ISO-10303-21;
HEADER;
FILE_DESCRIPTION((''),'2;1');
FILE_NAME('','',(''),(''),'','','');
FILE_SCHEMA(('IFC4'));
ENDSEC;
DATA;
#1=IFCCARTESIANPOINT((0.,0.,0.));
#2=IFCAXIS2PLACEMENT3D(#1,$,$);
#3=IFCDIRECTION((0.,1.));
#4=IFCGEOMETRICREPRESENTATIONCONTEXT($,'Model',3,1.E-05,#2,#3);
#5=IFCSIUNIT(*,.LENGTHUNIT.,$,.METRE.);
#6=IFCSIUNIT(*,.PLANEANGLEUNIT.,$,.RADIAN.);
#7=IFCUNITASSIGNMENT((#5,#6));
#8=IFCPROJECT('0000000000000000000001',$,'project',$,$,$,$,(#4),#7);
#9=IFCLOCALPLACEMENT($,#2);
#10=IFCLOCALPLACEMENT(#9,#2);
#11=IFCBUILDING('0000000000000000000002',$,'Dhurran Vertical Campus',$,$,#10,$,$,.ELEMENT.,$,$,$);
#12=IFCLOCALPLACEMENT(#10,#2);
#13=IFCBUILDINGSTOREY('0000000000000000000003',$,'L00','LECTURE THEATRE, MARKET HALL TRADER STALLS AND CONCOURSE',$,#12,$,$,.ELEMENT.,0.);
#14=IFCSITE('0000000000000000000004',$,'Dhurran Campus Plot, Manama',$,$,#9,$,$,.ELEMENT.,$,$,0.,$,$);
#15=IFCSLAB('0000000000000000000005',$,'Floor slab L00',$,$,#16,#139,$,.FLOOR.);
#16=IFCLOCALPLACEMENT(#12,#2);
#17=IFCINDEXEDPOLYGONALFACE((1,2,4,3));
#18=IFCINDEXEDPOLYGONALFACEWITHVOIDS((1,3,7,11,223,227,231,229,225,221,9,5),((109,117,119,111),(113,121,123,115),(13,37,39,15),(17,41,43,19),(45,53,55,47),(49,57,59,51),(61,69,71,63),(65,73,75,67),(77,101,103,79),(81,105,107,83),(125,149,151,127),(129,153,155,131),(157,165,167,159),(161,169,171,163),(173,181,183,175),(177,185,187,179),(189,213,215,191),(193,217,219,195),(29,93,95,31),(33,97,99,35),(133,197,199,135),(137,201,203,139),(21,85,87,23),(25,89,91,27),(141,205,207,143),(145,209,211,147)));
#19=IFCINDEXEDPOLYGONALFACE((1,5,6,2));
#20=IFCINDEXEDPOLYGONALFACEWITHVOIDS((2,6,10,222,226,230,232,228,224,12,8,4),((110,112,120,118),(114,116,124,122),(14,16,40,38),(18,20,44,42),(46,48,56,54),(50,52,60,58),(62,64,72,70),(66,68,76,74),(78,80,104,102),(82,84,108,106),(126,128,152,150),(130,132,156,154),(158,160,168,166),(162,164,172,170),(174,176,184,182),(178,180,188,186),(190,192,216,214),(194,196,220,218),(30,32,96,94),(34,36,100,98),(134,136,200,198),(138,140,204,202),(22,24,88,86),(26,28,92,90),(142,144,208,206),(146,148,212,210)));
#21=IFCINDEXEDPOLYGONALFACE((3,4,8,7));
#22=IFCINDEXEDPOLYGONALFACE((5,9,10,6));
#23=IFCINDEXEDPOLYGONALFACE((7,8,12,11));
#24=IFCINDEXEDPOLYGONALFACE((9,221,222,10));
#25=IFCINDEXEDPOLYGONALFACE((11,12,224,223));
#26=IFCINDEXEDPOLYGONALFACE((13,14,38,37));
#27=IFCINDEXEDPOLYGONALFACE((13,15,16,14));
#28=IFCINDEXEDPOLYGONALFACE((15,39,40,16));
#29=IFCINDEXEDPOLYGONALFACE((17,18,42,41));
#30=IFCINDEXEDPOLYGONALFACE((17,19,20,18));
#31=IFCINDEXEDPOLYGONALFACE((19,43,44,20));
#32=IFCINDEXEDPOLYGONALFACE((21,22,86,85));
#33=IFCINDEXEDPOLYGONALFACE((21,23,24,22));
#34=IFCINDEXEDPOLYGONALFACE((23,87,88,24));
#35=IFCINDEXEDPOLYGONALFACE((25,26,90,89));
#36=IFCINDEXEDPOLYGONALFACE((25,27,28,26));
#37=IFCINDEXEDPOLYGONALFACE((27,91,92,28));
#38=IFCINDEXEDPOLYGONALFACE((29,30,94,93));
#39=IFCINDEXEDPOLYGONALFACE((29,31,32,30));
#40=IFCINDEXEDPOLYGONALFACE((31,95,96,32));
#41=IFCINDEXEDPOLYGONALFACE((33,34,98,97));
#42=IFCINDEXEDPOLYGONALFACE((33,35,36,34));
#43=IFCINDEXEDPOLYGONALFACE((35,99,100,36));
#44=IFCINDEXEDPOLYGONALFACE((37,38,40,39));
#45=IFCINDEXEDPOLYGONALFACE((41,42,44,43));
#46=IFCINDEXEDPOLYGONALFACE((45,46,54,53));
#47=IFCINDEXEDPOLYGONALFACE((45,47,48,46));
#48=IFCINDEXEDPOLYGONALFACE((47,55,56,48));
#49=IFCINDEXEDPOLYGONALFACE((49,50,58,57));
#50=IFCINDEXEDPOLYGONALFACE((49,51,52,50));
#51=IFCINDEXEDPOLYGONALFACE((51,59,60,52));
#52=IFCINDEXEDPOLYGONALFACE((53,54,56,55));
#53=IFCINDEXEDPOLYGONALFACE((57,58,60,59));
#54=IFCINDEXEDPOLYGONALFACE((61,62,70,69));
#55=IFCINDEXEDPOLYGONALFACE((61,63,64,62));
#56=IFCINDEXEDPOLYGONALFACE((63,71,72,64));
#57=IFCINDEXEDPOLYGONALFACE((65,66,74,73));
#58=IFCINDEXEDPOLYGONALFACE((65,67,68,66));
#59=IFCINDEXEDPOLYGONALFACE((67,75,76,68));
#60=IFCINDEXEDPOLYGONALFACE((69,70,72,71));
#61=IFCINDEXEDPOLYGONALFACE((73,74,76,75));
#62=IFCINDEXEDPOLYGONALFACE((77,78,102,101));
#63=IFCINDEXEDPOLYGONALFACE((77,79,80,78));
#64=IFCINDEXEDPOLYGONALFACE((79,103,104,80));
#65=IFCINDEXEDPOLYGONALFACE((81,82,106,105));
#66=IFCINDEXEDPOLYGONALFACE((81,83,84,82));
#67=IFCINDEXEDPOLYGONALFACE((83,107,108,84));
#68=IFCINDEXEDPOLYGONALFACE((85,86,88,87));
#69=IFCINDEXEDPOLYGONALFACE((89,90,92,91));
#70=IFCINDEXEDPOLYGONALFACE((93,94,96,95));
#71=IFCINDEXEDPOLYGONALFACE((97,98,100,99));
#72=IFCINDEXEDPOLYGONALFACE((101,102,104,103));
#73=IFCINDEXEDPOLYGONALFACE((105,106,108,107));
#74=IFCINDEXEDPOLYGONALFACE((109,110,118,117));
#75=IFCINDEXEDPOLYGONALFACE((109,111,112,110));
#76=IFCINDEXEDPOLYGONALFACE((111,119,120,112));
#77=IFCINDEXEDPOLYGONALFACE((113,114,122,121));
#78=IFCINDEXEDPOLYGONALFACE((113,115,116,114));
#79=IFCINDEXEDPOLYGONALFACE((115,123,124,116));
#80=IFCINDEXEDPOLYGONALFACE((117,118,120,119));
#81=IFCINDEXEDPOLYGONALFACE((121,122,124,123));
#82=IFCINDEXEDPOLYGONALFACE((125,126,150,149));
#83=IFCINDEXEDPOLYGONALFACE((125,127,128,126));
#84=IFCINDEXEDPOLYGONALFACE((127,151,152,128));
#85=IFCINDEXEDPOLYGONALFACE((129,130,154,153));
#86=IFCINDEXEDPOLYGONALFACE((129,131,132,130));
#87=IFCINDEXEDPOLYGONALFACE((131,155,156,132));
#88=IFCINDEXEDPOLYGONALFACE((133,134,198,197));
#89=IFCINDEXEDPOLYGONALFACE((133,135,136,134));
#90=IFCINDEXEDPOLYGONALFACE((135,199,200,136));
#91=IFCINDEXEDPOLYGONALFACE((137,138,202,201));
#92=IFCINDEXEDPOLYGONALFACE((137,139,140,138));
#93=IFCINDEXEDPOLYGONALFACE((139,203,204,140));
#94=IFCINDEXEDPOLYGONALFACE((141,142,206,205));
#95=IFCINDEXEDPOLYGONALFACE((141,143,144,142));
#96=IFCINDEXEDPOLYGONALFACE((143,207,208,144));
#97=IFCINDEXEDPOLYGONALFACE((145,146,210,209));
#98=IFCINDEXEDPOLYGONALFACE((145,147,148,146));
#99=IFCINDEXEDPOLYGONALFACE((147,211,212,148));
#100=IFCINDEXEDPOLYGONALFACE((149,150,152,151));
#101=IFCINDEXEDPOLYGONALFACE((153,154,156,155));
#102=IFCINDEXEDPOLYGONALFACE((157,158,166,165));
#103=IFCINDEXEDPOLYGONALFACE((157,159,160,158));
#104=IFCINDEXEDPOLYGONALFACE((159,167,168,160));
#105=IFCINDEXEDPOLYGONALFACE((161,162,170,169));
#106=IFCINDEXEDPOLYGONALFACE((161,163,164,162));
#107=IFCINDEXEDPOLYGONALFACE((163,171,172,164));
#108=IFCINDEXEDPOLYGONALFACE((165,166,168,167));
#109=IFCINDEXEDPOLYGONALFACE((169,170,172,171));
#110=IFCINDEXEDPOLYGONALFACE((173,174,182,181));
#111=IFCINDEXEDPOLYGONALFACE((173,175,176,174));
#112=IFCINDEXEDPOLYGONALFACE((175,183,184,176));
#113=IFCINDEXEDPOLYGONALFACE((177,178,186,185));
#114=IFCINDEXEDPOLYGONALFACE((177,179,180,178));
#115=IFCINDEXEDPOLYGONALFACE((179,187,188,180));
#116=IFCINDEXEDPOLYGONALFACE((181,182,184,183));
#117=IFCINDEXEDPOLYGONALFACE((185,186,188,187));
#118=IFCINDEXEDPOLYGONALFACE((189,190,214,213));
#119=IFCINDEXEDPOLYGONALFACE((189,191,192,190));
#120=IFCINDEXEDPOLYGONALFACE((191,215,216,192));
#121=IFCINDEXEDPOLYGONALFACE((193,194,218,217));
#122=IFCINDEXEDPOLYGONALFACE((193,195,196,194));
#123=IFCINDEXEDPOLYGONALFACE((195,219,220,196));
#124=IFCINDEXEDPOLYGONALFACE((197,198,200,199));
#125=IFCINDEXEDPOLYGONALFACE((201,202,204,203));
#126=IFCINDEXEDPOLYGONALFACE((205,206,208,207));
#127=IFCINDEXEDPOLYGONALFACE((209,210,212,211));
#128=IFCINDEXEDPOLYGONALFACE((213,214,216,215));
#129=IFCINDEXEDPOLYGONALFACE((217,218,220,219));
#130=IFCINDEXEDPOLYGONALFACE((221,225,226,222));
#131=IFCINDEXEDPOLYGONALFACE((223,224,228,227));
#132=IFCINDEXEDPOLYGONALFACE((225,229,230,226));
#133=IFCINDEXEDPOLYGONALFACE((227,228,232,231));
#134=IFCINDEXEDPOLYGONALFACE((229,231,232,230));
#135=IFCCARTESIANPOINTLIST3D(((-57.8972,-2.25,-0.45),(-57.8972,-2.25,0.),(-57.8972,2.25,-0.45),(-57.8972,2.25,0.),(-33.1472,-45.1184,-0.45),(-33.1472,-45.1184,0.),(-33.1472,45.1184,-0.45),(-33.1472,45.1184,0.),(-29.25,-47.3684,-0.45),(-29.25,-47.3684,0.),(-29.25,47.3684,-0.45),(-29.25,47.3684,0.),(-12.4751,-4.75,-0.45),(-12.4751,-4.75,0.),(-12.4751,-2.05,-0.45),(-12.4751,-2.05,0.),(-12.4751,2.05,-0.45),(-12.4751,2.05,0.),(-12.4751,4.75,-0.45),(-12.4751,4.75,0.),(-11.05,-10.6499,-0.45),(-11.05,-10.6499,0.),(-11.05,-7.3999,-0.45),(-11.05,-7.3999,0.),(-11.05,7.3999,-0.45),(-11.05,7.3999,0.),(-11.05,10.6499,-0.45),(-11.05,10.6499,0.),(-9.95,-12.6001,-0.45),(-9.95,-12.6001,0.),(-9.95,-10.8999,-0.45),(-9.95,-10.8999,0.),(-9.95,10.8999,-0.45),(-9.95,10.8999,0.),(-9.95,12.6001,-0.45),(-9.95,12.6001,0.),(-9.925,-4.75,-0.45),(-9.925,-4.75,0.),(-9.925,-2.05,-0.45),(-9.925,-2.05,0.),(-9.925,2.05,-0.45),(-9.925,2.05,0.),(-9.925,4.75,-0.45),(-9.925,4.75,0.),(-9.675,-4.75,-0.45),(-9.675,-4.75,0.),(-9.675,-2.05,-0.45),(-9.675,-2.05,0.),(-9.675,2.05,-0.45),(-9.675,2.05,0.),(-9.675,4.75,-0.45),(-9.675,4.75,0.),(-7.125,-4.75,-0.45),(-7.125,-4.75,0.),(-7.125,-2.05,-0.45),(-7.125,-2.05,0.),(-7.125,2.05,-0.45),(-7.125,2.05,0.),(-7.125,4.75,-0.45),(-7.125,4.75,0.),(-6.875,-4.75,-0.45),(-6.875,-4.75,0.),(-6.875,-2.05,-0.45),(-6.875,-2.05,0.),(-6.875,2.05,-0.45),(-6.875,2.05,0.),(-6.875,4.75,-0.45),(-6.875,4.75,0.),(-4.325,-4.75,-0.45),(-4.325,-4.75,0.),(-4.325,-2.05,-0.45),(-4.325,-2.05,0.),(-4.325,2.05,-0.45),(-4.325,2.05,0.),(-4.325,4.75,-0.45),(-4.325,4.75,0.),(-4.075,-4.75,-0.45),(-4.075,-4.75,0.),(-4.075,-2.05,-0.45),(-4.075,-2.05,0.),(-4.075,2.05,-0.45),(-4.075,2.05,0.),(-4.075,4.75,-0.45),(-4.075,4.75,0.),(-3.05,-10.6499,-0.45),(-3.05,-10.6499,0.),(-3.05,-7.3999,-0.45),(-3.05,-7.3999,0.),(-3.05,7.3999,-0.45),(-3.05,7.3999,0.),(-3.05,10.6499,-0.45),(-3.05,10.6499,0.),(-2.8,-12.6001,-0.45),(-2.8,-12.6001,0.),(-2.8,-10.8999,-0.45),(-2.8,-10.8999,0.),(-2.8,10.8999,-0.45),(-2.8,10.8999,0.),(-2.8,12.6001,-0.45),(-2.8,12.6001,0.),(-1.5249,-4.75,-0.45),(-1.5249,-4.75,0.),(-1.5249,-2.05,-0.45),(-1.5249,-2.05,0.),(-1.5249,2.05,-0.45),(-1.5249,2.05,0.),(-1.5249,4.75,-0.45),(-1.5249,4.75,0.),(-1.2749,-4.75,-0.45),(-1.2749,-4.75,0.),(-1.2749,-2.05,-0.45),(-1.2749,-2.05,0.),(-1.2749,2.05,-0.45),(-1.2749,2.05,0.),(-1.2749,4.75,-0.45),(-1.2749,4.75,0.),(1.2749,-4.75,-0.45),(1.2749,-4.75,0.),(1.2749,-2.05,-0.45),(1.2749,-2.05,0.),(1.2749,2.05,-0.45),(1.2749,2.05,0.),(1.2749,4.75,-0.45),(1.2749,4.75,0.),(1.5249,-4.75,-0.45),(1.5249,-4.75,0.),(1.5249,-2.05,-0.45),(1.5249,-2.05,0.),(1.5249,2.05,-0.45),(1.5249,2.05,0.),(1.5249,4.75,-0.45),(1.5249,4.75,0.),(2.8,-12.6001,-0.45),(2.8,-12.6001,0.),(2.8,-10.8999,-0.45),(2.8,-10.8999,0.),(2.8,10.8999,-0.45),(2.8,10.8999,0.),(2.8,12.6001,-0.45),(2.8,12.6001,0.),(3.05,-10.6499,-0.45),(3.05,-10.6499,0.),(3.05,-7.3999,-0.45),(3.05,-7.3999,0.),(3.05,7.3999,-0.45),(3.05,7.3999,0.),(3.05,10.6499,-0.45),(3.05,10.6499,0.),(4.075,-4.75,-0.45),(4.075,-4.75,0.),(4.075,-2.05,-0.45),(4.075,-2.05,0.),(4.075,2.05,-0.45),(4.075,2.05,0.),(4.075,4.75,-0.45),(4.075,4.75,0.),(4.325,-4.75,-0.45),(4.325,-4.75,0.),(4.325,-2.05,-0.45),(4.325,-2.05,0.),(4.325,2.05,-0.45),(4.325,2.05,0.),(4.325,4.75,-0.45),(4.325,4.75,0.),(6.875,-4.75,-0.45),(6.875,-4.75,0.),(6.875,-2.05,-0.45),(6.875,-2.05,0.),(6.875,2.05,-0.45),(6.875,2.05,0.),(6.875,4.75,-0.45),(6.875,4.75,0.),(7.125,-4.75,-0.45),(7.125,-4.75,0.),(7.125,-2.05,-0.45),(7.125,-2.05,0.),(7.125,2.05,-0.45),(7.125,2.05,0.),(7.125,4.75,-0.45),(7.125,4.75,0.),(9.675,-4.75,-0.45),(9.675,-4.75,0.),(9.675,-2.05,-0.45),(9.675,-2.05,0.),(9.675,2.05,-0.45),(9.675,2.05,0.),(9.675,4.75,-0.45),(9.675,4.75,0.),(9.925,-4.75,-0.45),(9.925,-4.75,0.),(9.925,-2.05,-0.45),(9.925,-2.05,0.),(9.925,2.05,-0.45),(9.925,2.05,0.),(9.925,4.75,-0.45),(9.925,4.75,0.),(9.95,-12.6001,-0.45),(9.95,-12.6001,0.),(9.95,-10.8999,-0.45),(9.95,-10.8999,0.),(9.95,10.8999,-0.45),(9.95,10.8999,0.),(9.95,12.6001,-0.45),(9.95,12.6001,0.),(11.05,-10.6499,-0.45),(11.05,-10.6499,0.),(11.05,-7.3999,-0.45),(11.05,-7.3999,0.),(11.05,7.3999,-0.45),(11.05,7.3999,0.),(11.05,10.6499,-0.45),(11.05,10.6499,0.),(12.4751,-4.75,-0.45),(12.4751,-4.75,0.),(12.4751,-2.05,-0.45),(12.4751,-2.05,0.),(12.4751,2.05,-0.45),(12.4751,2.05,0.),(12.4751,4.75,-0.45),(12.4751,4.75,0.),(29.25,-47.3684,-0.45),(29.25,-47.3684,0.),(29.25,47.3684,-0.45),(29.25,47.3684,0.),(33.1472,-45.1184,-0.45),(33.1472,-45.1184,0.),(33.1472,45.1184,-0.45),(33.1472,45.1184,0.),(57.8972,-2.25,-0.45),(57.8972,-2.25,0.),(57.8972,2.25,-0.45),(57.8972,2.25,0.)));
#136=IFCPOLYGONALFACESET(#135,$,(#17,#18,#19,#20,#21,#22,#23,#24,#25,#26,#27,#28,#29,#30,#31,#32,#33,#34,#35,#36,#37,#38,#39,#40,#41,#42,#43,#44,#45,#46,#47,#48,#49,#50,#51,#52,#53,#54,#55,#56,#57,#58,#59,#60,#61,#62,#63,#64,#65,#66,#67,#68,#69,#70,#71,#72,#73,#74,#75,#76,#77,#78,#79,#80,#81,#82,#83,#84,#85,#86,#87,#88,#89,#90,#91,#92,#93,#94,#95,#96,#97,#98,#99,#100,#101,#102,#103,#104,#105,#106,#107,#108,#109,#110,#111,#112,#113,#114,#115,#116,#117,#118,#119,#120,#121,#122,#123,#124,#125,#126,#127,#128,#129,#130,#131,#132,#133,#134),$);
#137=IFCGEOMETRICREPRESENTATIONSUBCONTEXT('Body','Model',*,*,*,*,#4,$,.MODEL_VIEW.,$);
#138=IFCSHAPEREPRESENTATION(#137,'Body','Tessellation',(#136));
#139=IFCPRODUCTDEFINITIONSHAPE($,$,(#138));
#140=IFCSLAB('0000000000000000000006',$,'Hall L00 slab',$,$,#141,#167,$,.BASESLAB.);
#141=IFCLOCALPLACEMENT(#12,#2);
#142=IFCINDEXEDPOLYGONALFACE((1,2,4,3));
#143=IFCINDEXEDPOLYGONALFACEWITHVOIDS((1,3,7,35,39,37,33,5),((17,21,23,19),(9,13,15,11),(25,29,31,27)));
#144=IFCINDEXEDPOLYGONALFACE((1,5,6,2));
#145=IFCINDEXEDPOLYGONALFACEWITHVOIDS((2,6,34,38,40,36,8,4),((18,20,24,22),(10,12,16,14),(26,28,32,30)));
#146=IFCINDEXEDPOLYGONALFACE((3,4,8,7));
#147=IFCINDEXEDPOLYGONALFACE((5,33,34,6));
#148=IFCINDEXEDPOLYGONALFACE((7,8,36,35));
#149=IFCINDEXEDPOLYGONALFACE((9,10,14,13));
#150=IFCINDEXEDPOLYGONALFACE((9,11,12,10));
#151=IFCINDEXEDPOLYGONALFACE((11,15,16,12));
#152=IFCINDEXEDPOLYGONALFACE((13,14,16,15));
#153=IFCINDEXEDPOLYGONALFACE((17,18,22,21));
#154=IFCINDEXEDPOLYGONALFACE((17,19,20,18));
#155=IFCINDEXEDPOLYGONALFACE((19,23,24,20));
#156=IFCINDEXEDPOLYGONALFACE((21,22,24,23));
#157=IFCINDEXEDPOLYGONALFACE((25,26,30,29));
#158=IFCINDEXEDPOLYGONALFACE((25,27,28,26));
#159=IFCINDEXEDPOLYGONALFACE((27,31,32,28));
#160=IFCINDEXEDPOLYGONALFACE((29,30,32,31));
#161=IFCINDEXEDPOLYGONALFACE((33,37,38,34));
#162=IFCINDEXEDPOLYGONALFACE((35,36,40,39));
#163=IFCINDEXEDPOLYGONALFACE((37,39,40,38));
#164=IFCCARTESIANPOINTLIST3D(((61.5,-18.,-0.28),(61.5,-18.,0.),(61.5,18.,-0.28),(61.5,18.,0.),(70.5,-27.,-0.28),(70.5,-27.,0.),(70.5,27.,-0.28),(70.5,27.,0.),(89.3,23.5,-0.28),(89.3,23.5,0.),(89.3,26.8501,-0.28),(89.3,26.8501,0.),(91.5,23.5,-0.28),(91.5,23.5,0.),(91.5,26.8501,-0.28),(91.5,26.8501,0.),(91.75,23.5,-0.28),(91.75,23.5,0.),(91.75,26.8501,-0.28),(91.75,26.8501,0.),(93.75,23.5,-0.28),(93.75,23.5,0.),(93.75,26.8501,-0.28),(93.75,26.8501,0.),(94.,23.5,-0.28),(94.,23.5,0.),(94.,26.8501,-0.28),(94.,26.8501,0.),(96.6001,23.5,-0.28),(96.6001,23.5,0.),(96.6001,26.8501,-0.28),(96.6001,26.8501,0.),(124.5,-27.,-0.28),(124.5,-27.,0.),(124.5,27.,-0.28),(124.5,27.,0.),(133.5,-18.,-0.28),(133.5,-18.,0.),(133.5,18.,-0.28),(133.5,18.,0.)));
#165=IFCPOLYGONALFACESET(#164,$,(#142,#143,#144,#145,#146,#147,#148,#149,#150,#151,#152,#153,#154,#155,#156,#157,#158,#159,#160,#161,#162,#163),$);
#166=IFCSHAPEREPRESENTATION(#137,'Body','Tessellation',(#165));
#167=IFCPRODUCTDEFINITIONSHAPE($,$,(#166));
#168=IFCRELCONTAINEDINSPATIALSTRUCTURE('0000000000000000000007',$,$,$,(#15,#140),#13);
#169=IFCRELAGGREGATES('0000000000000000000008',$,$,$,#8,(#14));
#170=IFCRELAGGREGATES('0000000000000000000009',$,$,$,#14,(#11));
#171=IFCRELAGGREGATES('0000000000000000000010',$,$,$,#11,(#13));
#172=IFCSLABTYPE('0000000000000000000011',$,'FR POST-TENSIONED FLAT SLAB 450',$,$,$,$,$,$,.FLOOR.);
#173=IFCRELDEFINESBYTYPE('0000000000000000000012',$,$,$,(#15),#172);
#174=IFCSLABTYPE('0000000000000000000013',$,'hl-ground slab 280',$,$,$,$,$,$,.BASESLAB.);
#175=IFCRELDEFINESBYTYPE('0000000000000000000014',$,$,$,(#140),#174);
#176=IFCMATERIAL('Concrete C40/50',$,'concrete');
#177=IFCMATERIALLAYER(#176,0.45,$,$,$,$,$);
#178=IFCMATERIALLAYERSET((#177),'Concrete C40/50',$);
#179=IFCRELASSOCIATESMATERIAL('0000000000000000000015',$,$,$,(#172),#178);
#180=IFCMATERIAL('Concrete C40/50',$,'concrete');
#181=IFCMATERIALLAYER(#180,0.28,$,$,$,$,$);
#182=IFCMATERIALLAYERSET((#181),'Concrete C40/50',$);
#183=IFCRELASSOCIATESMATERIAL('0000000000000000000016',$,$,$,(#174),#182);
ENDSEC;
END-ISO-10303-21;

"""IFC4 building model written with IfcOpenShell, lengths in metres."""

from ifc_helpers import new_model, si_unit, direction, frame, origin, place, context, subcontext, project, spatial, polyline, outline, extrude, material, layer, layer_set, type_object, element, save


model = new_model("IFC4")

# Units and contexts
model_context = context("Model", 3, precision=1e-05, world=origin(), true_north=direction((0.0, 1.0)))
body_context = subcontext(model_context, "Body", "Model", "MODEL_VIEW")
ifc_project = project(units=[si_unit("LENGTHUNIT", "METRE"), si_unit("PLANEANGLEUNIT", "RADIAN")], contexts=[model_context])

# Site, building, storey
site_placement = place(None, origin())
site = spatial("IfcSite", under=ifc_project, at=site_placement, Name="Dhurran Campus Plot, Manama", CompositionType="ELEMENT", RefElevation=0.0)
building_placement = place(site_placement, origin())
building = spatial("IfcBuilding", under=site, at=building_placement, Name="Dhurran Vertical Campus", CompositionType="ELEMENT")
storey_placement = place(building_placement, origin())
storey = spatial("IfcBuildingStorey", under=building, at=storey_placement, Name="L00", Description="LECTURE THEATRE, MARKET HALL TRADER STALLS AND CONCOURSE", CompositionType="ELEMENT", Elevation=0.0)

# Slabs
ifc_material_1 = material(Name="Concrete C40/50", Category="concrete")
ifc_layer_1 = layer(ifc_material_1, 0.45)
ifc_layer_set_1 = layer_set([ifc_layer_1], Name="Concrete C40/50")
slab_type_1 = type_object("IfcSlabType", Name="FR POST-TENSIONED FLAT SLAB 450", PredefinedType="FLOOR", material=ifc_layer_set_1)
slab_1_placement = place(storey_placement, frame((0.0, 0.0, -0.45)))
element("IfcSlab", 1, at=slab_1_placement, inside=storey, type_object=slab_type_1, Name="Floor slab L00", PredefinedType="FLOOR", context=body_context, shape_type="SweptSolid", body=[
    extrude(outline(polyline([(-29.25, -47.3684), (29.25, -47.3684), (33.1472, -45.1184), (57.8972, -2.25), (57.8972, 2.25), (33.1472, 45.1184), (29.25, 47.3684), (-29.25, 47.3684), (-33.1472, 45.1184), (-57.8972, 2.25), (-57.8972, -2.25), (-33.1472, -45.1184), (-29.25, -47.3684)]), holes=[polyline([(-12.4751, 2.05), (-9.925, 2.05), (-9.925, 4.75), (-12.4751, 4.75), (-12.4751, 2.05)]), polyline([(-9.675, 2.05), (-7.125, 2.05), (-7.125, 4.75), (-9.675, 4.75), (-9.675, 2.05)]), polyline([(-6.875, 2.05), (-4.325, 2.05), (-4.325, 4.75), (-6.875, 4.75), (-6.875, 2.05)]), polyline([(-1.2749, 2.05), (1.2749, 2.05), (1.2749, 4.75), (-1.2749, 4.75), (-1.2749, 2.05)]), polyline([(9.925, 2.05), (12.4751, 2.05), (12.4751, 4.75), (9.925, 4.75), (9.925, 2.05)]), polyline([(-1.2749, -4.75), (1.2749, -4.75), (1.2749, -2.05), (-1.2749, -2.05), (-1.2749, -4.75)]), polyline([(1.5249, -4.75), (4.075, -4.75), (4.075, -2.05), (1.5249, -2.05), (1.5249, -4.75)]), polyline([(4.325, -4.75), (6.875, -4.75), (6.875, -2.05), (4.325, -2.05), (4.325, -4.75)]), polyline([(7.125, -4.75), (9.675, -4.75), (9.675, -2.05), (7.125, -2.05), (7.125, -4.75)]), polyline([(9.925, -4.75), (12.4751, -4.75), (12.4751, -2.05), (9.925, -2.05), (9.925, -4.75)]), polyline([(-4.075, 2.05), (-1.5249, 2.05), (-1.5249, 4.75), (-4.075, 4.75), (-4.075, 2.05)]), polyline([(1.5249, 2.05), (4.075, 2.05), (4.075, 4.75), (1.5249, 4.75), (1.5249, 2.05)]), polyline([(4.325, 2.05), (6.875, 2.05), (6.875, 4.75), (4.325, 4.75), (4.325, 2.05)]), polyline([(7.125, 2.05), (9.675, 2.05), (9.675, 4.75), (7.125, 4.75), (7.125, 2.05)]), polyline([(-12.4751, -4.75), (-9.925, -4.75), (-9.925, -2.05), (-12.4751, -2.05), (-12.4751, -4.75)]), polyline([(-9.675, -4.75), (-7.125, -4.75), (-7.125, -2.05), (-9.675, -2.05), (-9.675, -4.75)]), polyline([(-6.875, -4.75), (-4.325, -4.75), (-4.325, -2.05), (-6.875, -2.05), (-6.875, -4.75)]), polyline([(-4.075, -4.75), (-1.5249, -4.75), (-1.5249, -2.05), (-4.075, -2.05), (-4.075, -4.75)]), polyline([(-11.05, 7.3999), (-3.05, 7.3999), (-3.05, 10.6499), (-11.05, 10.6499), (-11.05, 7.3999)]), polyline([(3.05, 7.3999), (11.05, 7.3999), (11.05, 10.6499), (3.05, 10.6499), (3.05, 7.3999)]), polyline([(-11.05, -10.6499), (-3.05, -10.6499), (-3.05, -7.3999), (-11.05, -7.3999), (-11.05, -10.6499)]), polyline([(3.05, -10.6499), (11.05, -10.6499), (11.05, -7.3999), (3.05, -7.3999), (3.05, -10.6499)]), polyline([(-9.95, 10.8999), (-9.95, 12.6001), (-2.8, 12.6001), (-2.8, 10.8999), (-9.95, 10.8999)]), polyline([(9.95, 12.6001), (9.95, 10.8999), (2.8, 10.8999), (2.8, 12.6001), (9.95, 12.6001)]), polyline([(-9.95, -12.6001), (-9.95, -10.8999), (-2.8, -10.8999), (-2.8, -12.6001), (-9.95, -12.6001)]), polyline([(9.95, -10.8999), (9.95, -12.6001), (2.8, -12.6001), (2.8, -10.8999), (9.95, -10.8999)])]), origin(), (0.0, 0.0, 1.0), 0.45),
])
ifc_material_2 = material(Name="Concrete C40/50", Category="concrete")
ifc_layer_2 = layer(ifc_material_2, 0.28)
ifc_layer_set_2 = layer_set([ifc_layer_2], Name="Concrete C40/50")
slab_type_2 = type_object("IfcSlabType", Name="hl-ground slab 280", PredefinedType="BASESLAB", material=ifc_layer_set_2)
slab_2_placement = place(storey_placement, frame((0.0, 0.0, -0.28)))
element("IfcSlab", 2, at=slab_2_placement, inside=storey, type_object=slab_type_2, Name="Hall L00 slab", PredefinedType="BASESLAB", context=body_context, shape_type="SweptSolid", body=[
    extrude(outline(polyline([(61.5, -18.0), (70.5, -27.0), (124.5, -27.0), (133.5, -18.0), (133.5, 18.0), (124.5, 27.0), (70.5, 27.0), (61.5, 18.0), (61.5, -18.0)]), holes=[polyline([(89.3, 23.5), (91.5, 23.5), (91.5, 26.8501), (89.3, 26.8501), (89.3, 23.5)]), polyline([(91.75, 23.5), (93.75, 23.5), (93.75, 26.8501), (91.75, 26.8501), (91.75, 23.5)]), polyline([(94.0, 23.5), (96.6001, 23.5), (96.6001, 26.8501), (94.0, 26.8501), (94.0, 23.5)])]), origin(), (0.0, 0.0, 1.0), 0.28),
])

save(model, "model.ifc")
